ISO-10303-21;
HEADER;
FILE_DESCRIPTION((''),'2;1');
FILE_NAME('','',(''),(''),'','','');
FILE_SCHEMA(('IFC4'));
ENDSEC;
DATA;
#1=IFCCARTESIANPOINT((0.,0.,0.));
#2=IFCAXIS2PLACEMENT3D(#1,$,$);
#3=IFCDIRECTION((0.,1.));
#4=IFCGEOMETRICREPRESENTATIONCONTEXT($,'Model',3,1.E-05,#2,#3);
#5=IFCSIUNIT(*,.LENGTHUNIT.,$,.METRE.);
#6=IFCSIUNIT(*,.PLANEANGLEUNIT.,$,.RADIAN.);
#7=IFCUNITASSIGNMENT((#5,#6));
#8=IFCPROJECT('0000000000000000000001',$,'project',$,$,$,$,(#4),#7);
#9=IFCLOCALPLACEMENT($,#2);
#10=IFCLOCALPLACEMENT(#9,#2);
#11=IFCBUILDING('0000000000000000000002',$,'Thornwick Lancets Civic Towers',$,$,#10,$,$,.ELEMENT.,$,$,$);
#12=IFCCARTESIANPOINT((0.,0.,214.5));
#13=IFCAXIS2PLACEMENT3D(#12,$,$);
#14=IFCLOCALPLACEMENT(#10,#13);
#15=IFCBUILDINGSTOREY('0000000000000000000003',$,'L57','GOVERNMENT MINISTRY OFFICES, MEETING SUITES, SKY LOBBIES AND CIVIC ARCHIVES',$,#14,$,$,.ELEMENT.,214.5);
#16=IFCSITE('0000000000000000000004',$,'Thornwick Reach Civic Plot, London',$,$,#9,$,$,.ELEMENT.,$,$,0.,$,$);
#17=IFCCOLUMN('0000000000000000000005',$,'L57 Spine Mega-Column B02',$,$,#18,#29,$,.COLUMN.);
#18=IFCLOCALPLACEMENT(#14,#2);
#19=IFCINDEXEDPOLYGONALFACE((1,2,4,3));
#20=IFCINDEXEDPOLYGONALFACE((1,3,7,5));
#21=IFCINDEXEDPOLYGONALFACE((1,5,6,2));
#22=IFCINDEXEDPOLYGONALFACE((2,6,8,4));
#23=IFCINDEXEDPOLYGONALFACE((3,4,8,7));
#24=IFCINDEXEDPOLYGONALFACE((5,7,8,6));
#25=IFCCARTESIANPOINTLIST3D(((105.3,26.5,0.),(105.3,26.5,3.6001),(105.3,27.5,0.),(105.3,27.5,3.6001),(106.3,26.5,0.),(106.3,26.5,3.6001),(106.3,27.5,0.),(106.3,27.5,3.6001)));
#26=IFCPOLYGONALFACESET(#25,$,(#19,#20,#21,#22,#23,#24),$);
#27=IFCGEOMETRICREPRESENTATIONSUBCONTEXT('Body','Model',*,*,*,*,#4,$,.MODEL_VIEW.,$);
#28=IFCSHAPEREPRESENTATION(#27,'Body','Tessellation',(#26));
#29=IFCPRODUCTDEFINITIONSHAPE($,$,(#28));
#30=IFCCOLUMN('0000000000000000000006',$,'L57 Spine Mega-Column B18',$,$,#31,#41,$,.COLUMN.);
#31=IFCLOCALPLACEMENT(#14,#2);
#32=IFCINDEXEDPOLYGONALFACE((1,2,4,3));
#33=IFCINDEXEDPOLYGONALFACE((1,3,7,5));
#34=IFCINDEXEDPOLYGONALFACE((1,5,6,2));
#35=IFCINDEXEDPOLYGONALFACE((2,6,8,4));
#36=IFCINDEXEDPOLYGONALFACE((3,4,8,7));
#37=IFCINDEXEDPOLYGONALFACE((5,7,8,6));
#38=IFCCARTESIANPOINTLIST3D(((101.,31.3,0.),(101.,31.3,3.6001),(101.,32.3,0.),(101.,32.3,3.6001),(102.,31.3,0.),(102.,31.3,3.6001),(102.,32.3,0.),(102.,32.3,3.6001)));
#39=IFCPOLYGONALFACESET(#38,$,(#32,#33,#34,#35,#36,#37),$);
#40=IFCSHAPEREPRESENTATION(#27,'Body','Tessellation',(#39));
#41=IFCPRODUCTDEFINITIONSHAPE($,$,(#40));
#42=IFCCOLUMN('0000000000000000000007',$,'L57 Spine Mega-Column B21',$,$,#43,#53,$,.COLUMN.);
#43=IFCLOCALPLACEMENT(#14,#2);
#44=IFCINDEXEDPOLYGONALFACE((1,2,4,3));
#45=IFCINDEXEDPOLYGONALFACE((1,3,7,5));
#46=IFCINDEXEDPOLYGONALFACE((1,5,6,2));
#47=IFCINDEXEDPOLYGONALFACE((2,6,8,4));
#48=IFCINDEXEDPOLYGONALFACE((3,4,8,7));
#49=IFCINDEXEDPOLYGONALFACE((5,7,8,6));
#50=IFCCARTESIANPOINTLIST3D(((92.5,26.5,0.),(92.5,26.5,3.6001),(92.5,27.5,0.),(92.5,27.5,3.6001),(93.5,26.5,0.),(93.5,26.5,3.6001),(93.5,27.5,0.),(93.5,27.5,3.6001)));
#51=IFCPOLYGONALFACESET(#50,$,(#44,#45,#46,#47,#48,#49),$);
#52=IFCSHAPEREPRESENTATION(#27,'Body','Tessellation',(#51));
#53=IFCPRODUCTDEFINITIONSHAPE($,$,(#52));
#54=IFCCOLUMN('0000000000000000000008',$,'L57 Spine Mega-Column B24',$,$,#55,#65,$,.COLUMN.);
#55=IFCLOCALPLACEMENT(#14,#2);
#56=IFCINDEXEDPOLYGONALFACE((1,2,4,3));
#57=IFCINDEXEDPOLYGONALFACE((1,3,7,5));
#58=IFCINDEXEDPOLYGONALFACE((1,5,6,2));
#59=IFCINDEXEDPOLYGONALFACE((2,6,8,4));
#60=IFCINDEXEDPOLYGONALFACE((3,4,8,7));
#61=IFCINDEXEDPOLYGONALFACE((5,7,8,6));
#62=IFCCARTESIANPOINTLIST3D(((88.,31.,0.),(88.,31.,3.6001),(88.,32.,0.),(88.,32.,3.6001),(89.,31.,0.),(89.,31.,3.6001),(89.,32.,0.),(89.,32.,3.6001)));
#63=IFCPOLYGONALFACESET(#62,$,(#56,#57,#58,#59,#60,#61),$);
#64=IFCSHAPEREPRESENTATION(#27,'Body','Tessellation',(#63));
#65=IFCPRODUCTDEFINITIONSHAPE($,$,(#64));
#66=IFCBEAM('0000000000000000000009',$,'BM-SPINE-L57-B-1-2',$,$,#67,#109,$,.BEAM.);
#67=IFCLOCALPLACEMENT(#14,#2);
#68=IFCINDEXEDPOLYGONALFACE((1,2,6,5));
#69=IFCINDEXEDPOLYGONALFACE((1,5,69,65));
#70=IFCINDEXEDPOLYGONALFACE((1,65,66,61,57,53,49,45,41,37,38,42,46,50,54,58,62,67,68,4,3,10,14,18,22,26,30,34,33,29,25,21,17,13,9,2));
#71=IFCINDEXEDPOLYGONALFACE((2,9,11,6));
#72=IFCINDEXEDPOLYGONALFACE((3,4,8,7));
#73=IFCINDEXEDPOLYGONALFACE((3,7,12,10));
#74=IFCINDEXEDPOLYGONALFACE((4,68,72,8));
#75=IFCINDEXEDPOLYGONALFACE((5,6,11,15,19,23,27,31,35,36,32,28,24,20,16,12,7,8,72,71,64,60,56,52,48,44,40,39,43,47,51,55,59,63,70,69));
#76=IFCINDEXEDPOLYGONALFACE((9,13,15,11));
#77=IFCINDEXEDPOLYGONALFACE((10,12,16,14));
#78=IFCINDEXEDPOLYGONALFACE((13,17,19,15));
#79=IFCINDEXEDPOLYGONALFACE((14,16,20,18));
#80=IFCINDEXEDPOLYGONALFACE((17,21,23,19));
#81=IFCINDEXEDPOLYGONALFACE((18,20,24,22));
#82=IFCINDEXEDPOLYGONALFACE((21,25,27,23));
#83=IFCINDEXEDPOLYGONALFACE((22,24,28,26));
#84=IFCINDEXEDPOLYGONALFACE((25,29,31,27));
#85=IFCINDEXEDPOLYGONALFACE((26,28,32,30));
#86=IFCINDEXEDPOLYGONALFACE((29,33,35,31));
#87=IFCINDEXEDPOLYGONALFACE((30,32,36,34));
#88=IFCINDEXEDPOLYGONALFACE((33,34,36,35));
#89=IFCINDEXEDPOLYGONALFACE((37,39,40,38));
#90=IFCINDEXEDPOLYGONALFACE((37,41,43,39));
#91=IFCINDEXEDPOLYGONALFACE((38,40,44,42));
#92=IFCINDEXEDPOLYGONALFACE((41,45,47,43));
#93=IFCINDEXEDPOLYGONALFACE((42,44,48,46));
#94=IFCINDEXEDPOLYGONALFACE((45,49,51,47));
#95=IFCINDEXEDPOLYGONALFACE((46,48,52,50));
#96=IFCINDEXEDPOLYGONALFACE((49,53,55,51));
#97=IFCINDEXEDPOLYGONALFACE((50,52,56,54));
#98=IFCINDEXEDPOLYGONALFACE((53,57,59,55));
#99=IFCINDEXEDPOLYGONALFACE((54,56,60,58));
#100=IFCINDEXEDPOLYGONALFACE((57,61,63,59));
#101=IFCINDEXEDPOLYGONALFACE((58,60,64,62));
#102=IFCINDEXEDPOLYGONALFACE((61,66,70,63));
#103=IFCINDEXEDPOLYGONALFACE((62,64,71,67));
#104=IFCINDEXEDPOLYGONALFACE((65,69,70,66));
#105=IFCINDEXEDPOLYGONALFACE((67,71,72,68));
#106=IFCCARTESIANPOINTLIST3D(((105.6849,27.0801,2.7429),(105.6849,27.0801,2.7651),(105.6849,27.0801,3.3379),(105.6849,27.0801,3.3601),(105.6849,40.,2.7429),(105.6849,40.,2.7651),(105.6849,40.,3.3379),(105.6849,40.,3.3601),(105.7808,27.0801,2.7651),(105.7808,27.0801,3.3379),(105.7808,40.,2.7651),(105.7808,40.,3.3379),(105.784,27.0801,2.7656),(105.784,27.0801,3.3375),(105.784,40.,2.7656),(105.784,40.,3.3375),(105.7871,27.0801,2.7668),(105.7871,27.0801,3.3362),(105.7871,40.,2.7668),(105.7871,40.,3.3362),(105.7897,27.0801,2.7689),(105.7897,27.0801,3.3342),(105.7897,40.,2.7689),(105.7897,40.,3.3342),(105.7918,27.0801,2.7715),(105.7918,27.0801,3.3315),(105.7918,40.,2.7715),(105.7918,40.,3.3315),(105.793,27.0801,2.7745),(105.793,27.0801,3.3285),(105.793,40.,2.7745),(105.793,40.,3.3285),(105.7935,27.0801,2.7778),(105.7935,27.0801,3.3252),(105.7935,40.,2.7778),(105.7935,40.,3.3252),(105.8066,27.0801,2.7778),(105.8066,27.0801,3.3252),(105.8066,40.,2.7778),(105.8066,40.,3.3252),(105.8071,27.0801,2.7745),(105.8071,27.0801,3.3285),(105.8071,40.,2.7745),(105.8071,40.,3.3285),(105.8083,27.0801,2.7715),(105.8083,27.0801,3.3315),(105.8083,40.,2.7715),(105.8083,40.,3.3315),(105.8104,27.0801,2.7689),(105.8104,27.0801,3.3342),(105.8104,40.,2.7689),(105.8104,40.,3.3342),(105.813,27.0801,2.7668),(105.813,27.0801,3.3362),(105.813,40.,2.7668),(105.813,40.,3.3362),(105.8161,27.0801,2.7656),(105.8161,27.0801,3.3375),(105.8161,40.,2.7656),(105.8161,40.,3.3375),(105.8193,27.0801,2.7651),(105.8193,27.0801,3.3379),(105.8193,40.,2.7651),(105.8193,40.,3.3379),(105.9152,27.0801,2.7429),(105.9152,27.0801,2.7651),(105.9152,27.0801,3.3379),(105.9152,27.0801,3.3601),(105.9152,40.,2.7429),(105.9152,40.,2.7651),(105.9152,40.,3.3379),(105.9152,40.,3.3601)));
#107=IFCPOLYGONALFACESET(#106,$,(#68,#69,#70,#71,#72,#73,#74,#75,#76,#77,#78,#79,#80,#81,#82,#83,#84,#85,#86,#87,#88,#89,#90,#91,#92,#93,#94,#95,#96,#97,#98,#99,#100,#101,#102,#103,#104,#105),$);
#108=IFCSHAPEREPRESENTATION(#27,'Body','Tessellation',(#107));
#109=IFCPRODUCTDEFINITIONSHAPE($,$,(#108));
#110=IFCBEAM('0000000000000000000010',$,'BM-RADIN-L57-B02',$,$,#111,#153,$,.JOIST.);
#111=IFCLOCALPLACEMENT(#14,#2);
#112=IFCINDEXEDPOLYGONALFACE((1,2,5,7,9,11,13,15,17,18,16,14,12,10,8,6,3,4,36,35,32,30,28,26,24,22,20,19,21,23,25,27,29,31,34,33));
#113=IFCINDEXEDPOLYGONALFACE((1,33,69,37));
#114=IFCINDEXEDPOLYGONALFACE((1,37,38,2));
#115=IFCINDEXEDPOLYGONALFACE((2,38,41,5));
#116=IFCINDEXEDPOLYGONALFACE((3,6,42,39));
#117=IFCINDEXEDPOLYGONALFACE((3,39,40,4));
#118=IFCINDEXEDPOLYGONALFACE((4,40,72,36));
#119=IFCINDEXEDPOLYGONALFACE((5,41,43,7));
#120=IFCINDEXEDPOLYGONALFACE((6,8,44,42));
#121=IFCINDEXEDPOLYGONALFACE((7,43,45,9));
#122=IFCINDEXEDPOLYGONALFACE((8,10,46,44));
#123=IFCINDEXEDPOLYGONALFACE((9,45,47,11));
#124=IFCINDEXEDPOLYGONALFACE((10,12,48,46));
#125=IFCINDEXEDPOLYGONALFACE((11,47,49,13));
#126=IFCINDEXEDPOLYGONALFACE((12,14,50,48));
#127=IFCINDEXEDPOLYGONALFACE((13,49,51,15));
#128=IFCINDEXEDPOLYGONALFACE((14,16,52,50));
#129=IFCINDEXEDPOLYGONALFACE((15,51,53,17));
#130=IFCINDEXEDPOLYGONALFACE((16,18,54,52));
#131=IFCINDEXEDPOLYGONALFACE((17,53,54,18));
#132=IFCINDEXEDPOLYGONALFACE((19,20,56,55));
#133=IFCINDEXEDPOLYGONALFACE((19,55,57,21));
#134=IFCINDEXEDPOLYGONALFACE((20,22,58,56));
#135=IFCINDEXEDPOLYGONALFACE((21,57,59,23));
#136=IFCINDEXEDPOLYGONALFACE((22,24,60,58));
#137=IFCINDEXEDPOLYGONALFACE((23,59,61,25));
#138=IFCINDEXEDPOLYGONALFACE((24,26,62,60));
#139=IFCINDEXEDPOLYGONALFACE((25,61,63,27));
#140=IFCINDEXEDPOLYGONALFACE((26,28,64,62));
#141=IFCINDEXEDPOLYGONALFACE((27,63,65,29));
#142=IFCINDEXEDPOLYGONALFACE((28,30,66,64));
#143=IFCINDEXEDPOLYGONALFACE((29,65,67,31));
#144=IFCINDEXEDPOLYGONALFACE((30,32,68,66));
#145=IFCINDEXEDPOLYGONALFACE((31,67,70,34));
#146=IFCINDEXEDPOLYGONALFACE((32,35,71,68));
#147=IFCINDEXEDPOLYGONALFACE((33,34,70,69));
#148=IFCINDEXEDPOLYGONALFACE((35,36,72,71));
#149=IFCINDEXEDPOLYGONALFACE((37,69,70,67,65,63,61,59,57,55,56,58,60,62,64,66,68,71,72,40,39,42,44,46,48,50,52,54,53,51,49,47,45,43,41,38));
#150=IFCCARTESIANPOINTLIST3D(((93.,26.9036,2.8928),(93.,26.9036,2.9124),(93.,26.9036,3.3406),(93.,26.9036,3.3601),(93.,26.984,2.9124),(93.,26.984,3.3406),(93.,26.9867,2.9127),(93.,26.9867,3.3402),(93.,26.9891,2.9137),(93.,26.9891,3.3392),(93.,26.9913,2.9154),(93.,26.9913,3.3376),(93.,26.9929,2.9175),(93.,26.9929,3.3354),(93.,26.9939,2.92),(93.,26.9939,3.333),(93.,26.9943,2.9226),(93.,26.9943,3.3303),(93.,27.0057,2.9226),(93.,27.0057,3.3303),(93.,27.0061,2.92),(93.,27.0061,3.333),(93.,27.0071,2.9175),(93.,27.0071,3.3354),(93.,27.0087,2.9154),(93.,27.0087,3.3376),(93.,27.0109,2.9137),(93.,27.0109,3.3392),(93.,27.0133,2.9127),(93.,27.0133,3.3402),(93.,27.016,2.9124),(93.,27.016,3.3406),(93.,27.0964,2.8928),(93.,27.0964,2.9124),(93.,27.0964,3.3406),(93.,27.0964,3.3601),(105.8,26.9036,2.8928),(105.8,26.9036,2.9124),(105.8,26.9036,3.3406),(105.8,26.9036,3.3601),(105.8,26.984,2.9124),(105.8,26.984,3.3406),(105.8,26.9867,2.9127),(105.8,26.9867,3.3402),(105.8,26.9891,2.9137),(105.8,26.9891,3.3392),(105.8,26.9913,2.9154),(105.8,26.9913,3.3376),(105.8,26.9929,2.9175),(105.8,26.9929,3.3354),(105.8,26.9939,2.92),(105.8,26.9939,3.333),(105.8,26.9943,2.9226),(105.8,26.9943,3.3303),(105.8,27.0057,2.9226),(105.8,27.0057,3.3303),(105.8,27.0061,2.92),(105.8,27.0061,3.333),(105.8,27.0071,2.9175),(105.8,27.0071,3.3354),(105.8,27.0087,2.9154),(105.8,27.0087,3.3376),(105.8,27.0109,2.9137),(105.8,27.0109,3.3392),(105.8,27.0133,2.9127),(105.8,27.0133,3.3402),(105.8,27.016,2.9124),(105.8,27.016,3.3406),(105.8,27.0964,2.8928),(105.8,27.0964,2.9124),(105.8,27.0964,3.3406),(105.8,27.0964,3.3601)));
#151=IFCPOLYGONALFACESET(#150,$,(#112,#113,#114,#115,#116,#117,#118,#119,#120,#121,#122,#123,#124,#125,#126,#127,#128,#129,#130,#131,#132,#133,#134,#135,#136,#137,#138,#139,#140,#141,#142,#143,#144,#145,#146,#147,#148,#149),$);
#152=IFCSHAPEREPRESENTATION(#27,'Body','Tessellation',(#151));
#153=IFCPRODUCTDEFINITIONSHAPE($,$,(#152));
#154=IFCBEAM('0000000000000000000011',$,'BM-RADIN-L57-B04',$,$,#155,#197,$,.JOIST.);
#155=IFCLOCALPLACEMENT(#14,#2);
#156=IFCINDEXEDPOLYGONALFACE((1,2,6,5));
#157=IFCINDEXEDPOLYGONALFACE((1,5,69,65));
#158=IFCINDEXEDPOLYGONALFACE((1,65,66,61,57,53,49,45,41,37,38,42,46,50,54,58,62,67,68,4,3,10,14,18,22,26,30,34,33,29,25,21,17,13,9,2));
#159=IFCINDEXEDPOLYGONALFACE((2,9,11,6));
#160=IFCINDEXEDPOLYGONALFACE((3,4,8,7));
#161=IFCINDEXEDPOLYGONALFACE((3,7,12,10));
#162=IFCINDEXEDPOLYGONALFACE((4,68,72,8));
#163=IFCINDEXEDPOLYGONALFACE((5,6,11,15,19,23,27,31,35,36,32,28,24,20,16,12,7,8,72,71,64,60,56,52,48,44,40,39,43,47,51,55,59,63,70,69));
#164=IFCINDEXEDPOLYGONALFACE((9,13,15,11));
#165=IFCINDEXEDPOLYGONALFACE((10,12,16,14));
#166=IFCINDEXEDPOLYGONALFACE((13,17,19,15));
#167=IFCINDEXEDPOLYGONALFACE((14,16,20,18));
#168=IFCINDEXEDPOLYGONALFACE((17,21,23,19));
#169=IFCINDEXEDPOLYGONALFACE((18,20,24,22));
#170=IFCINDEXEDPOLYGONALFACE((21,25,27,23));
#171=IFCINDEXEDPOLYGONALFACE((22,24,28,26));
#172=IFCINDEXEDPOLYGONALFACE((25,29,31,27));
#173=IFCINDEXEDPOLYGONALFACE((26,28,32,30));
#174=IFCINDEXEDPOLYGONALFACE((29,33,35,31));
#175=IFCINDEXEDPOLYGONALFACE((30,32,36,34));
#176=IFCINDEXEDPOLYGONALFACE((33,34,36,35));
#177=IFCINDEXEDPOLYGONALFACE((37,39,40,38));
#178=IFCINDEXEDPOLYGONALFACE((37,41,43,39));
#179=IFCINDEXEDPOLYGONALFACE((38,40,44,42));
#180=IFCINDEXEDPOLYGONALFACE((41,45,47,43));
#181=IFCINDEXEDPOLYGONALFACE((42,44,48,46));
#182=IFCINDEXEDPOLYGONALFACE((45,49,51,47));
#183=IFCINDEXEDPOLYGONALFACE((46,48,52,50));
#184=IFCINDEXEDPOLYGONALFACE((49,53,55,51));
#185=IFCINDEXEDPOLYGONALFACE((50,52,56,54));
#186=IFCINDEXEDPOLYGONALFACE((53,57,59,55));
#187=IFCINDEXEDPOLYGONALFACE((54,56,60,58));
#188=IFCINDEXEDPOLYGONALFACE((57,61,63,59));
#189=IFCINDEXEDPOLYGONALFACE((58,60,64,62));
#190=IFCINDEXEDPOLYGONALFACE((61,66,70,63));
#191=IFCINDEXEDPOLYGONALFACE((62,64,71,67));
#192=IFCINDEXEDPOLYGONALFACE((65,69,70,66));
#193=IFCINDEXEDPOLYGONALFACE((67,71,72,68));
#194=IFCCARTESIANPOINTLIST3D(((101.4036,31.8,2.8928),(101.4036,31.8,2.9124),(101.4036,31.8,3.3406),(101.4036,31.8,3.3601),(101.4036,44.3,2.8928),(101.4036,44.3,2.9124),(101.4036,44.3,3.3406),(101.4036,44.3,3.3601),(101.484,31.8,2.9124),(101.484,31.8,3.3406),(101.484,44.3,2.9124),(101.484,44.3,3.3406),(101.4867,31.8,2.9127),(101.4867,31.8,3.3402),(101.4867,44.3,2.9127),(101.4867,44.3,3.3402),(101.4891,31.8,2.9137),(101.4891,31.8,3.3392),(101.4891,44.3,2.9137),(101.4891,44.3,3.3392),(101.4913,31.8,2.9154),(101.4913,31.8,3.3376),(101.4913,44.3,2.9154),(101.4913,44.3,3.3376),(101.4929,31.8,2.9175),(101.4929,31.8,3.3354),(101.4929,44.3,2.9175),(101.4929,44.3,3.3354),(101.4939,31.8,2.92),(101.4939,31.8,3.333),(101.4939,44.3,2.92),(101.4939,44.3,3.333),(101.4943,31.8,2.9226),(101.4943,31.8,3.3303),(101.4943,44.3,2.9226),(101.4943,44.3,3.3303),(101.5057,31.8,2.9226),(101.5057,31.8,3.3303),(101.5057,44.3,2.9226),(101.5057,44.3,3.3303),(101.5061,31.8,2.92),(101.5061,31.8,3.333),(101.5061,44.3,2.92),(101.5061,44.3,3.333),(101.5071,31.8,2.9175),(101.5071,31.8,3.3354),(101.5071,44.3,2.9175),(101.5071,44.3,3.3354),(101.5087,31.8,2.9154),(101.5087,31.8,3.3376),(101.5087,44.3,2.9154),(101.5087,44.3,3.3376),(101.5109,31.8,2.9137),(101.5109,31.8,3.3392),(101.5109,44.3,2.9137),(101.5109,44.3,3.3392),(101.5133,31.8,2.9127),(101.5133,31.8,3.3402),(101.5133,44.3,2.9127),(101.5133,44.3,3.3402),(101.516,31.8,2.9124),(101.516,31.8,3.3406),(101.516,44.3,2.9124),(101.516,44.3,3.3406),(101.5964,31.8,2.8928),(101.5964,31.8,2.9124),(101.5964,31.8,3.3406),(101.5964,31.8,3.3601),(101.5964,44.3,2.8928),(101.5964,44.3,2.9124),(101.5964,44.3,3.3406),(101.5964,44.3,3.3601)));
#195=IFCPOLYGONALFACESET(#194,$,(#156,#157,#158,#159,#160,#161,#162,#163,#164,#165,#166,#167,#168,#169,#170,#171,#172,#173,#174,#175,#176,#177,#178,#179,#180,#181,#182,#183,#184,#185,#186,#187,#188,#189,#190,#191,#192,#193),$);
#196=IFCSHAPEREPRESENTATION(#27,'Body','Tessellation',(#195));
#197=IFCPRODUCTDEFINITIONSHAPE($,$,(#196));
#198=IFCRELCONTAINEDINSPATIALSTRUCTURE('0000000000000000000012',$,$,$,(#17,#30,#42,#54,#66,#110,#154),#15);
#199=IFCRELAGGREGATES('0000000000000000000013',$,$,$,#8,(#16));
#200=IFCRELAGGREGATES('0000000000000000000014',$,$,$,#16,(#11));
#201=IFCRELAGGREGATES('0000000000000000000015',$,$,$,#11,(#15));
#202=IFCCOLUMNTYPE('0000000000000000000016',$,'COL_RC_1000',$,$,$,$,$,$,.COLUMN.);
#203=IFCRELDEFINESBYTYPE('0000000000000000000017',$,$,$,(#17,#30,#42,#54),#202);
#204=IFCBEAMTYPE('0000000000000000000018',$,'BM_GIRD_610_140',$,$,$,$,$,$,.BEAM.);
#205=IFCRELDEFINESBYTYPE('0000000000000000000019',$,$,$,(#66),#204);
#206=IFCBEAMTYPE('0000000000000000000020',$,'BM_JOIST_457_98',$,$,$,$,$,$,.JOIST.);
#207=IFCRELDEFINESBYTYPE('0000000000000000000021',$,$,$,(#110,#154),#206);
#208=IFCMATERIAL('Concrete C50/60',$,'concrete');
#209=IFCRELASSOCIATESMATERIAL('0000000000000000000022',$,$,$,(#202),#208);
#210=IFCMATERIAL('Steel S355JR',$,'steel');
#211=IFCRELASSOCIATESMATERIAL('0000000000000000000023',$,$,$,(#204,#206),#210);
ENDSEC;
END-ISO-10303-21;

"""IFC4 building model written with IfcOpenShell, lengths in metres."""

from ifc_helpers import new_model, si_unit, direction, frame, origin, origin_2d, place, context, subcontext, project, spatial, rectangle, i_section, extrude, material, material_profile, profile_set, type_object, element, save


model = new_model("IFC4")

# Units and contexts
model_context = context("Model", 3, precision=1e-05, world=origin(), true_north=direction((0.0, 1.0)))
body_context = subcontext(model_context, "Body", "Model", "MODEL_VIEW")
ifc_project = project(units=[si_unit("LENGTHUNIT", "METRE"), si_unit("PLANEANGLEUNIT", "RADIAN")], contexts=[model_context])

# Site, building, storey
site_placement = place(None, origin())
site = spatial("IfcSite", under=ifc_project, at=site_placement, Name="Thornwick Reach Civic Plot, London", CompositionType="ELEMENT", RefElevation=0.0)
building_placement = place(site_placement, origin())
building = spatial("IfcBuilding", under=site, at=building_placement, Name="Thornwick Lancets Civic Towers", CompositionType="ELEMENT")
storey_placement = place(building_placement, frame((0.0, 0.0, 214.5)))
storey = spatial("IfcBuildingStorey", under=building, at=storey_placement, Name="L57", Description="GOVERNMENT MINISTRY OFFICES, MEETING SUITES, SKY LOBBIES AND CIVIC ARCHIVES", CompositionType="ELEMENT", Elevation=214.5)

# Columns
ifc_material_1 = material(Name="Concrete C50/60", Category="concrete")
ifc_material_profile_1 = material_profile(ifc_material_1, rectangle(XDim=1.0, YDim=1.0, at=origin_2d()), Name="RC 1000x1000")
ifc_profile_set_1 = profile_set([ifc_material_profile_1], Name="Concrete C50/60")
column_type = type_object("IfcColumnType", Name="COL_RC_1000", PredefinedType="COLUMN", material=ifc_profile_set_1)
for number, where, z_axis, x_axis, name in (
    (1, (105.8, 27.0, 0.0), (0.0, 0.0, 1.0), (1.0, 0.0, 0.0), "L57 Spine Mega-Column B02"),
    (2, (101.5, 31.8, 0.0), (0.0, 0.0, 1.0), (1.0, 0.0, 0.0), "L57 Spine Mega-Column B18"),
    (3, (93.0, 27.0, 0.0), (0.0, 0.0, 1.0), (1.0, 0.0, 0.0), "L57 Spine Mega-Column B21"),
    (4, (88.5, 31.5, 0.0), (0.0, 0.0, 1.0), (1.0, 0.0, 0.0), "L57 Spine Mega-Column B24"),
):
    element("IfcColumn", number, at=place(storey_placement, frame(where, z_axis=z_axis, x_axis=x_axis)), inside=storey, type_object=column_type, Name=name, PredefinedType="COLUMN", context=body_context, shape_type="SweptSolid", body=[
        extrude(rectangle(XDim=1.0, YDim=1.0, at=origin_2d()), origin(), (0.0, 0.0, 1.0), 3.6001),
    ])

# Beams
ifc_material_2 = material(Name="Steel S355JR", Category="steel")
ifc_material_profile_2 = material_profile(ifc_material_2, i_section(OverallWidth=0.2302, OverallDepth=0.6172, WebThickness=0.0132, FlangeThickness=0.0222, FilletRadius=0.0127, at=origin_2d()), Name="UKB 610x229x140")
ifc_profile_set_2 = profile_set([ifc_material_profile_2], Name="Steel S355JR")
beam_type_1 = type_object("IfcBeamType", Name="BM_GIRD_610_140", PredefinedType="BEAM", material=ifc_profile_set_2)
beam_1_placement = place(storey_placement, frame((105.8, 27.0801, 3.0515), z_axis=(0.0, 1.0, 0.0), x_axis=(-1.0, 0.0, 0.0)))
element("IfcBeam", 5, at=beam_1_placement, inside=storey, type_object=beam_type_1, Name="BM-SPINE-L57-B-1-2", PredefinedType="BEAM", context=body_context, shape_type="SweptSolid", body=[
    extrude(i_section(OverallWidth=0.2302, OverallDepth=0.6172, WebThickness=0.0132, FlangeThickness=0.0222, FilletRadius=0.0127, at=origin_2d()), origin(), (0.0, 0.0, 1.0), 12.9199),
])
ifc_material_profile_3 = material_profile(ifc_material_2, i_section(OverallWidth=0.1929, OverallDepth=0.4673, WebThickness=0.0115, FlangeThickness=0.0195, FilletRadius=0.0103, at=origin_2d()), Name="UKB 457x191x98")
ifc_profile_set_3 = profile_set([ifc_material_profile_3], Name="Steel S355JR")
beam_type_2 = type_object("IfcBeamType", Name="BM_JOIST_457_98", PredefinedType="JOIST", material=ifc_profile_set_3)
beam_2_placement = place(storey_placement, frame((93.0, 27.0, 3.1265), z_axis=(1.0, 0.0, 0.0), x_axis=(0.0, 1.0, 0.0)))
element("IfcBeam", 6, at=beam_2_placement, inside=storey, type_object=beam_type_2, Name="BM-RADIN-L57-B02", PredefinedType="JOIST", context=body_context, shape_type="SweptSolid", body=[
    extrude(i_section(OverallWidth=0.1929, OverallDepth=0.4673, WebThickness=0.0115, FlangeThickness=0.0195, FilletRadius=0.0103, at=origin_2d()), origin(), (0.0, 0.0, 1.0), 12.8),
])
beam_3_placement = place(storey_placement, frame((101.5, 31.8, 3.1265), z_axis=(0.0, 1.0, 0.0), x_axis=(-1.0, 0.0, 0.0)))
element("IfcBeam", 7, at=beam_3_placement, inside=storey, type_object=beam_type_2, Name="BM-RADIN-L57-B04", PredefinedType="JOIST", context=body_context, shape_type="SweptSolid", body=[
    extrude(i_section(OverallWidth=0.1929, OverallDepth=0.4673, WebThickness=0.0115, FlangeThickness=0.0195, FilletRadius=0.0103, at=origin_2d()), origin(), (0.0, 0.0, 1.0), 12.5),
])

save(model, "model.ifc")
